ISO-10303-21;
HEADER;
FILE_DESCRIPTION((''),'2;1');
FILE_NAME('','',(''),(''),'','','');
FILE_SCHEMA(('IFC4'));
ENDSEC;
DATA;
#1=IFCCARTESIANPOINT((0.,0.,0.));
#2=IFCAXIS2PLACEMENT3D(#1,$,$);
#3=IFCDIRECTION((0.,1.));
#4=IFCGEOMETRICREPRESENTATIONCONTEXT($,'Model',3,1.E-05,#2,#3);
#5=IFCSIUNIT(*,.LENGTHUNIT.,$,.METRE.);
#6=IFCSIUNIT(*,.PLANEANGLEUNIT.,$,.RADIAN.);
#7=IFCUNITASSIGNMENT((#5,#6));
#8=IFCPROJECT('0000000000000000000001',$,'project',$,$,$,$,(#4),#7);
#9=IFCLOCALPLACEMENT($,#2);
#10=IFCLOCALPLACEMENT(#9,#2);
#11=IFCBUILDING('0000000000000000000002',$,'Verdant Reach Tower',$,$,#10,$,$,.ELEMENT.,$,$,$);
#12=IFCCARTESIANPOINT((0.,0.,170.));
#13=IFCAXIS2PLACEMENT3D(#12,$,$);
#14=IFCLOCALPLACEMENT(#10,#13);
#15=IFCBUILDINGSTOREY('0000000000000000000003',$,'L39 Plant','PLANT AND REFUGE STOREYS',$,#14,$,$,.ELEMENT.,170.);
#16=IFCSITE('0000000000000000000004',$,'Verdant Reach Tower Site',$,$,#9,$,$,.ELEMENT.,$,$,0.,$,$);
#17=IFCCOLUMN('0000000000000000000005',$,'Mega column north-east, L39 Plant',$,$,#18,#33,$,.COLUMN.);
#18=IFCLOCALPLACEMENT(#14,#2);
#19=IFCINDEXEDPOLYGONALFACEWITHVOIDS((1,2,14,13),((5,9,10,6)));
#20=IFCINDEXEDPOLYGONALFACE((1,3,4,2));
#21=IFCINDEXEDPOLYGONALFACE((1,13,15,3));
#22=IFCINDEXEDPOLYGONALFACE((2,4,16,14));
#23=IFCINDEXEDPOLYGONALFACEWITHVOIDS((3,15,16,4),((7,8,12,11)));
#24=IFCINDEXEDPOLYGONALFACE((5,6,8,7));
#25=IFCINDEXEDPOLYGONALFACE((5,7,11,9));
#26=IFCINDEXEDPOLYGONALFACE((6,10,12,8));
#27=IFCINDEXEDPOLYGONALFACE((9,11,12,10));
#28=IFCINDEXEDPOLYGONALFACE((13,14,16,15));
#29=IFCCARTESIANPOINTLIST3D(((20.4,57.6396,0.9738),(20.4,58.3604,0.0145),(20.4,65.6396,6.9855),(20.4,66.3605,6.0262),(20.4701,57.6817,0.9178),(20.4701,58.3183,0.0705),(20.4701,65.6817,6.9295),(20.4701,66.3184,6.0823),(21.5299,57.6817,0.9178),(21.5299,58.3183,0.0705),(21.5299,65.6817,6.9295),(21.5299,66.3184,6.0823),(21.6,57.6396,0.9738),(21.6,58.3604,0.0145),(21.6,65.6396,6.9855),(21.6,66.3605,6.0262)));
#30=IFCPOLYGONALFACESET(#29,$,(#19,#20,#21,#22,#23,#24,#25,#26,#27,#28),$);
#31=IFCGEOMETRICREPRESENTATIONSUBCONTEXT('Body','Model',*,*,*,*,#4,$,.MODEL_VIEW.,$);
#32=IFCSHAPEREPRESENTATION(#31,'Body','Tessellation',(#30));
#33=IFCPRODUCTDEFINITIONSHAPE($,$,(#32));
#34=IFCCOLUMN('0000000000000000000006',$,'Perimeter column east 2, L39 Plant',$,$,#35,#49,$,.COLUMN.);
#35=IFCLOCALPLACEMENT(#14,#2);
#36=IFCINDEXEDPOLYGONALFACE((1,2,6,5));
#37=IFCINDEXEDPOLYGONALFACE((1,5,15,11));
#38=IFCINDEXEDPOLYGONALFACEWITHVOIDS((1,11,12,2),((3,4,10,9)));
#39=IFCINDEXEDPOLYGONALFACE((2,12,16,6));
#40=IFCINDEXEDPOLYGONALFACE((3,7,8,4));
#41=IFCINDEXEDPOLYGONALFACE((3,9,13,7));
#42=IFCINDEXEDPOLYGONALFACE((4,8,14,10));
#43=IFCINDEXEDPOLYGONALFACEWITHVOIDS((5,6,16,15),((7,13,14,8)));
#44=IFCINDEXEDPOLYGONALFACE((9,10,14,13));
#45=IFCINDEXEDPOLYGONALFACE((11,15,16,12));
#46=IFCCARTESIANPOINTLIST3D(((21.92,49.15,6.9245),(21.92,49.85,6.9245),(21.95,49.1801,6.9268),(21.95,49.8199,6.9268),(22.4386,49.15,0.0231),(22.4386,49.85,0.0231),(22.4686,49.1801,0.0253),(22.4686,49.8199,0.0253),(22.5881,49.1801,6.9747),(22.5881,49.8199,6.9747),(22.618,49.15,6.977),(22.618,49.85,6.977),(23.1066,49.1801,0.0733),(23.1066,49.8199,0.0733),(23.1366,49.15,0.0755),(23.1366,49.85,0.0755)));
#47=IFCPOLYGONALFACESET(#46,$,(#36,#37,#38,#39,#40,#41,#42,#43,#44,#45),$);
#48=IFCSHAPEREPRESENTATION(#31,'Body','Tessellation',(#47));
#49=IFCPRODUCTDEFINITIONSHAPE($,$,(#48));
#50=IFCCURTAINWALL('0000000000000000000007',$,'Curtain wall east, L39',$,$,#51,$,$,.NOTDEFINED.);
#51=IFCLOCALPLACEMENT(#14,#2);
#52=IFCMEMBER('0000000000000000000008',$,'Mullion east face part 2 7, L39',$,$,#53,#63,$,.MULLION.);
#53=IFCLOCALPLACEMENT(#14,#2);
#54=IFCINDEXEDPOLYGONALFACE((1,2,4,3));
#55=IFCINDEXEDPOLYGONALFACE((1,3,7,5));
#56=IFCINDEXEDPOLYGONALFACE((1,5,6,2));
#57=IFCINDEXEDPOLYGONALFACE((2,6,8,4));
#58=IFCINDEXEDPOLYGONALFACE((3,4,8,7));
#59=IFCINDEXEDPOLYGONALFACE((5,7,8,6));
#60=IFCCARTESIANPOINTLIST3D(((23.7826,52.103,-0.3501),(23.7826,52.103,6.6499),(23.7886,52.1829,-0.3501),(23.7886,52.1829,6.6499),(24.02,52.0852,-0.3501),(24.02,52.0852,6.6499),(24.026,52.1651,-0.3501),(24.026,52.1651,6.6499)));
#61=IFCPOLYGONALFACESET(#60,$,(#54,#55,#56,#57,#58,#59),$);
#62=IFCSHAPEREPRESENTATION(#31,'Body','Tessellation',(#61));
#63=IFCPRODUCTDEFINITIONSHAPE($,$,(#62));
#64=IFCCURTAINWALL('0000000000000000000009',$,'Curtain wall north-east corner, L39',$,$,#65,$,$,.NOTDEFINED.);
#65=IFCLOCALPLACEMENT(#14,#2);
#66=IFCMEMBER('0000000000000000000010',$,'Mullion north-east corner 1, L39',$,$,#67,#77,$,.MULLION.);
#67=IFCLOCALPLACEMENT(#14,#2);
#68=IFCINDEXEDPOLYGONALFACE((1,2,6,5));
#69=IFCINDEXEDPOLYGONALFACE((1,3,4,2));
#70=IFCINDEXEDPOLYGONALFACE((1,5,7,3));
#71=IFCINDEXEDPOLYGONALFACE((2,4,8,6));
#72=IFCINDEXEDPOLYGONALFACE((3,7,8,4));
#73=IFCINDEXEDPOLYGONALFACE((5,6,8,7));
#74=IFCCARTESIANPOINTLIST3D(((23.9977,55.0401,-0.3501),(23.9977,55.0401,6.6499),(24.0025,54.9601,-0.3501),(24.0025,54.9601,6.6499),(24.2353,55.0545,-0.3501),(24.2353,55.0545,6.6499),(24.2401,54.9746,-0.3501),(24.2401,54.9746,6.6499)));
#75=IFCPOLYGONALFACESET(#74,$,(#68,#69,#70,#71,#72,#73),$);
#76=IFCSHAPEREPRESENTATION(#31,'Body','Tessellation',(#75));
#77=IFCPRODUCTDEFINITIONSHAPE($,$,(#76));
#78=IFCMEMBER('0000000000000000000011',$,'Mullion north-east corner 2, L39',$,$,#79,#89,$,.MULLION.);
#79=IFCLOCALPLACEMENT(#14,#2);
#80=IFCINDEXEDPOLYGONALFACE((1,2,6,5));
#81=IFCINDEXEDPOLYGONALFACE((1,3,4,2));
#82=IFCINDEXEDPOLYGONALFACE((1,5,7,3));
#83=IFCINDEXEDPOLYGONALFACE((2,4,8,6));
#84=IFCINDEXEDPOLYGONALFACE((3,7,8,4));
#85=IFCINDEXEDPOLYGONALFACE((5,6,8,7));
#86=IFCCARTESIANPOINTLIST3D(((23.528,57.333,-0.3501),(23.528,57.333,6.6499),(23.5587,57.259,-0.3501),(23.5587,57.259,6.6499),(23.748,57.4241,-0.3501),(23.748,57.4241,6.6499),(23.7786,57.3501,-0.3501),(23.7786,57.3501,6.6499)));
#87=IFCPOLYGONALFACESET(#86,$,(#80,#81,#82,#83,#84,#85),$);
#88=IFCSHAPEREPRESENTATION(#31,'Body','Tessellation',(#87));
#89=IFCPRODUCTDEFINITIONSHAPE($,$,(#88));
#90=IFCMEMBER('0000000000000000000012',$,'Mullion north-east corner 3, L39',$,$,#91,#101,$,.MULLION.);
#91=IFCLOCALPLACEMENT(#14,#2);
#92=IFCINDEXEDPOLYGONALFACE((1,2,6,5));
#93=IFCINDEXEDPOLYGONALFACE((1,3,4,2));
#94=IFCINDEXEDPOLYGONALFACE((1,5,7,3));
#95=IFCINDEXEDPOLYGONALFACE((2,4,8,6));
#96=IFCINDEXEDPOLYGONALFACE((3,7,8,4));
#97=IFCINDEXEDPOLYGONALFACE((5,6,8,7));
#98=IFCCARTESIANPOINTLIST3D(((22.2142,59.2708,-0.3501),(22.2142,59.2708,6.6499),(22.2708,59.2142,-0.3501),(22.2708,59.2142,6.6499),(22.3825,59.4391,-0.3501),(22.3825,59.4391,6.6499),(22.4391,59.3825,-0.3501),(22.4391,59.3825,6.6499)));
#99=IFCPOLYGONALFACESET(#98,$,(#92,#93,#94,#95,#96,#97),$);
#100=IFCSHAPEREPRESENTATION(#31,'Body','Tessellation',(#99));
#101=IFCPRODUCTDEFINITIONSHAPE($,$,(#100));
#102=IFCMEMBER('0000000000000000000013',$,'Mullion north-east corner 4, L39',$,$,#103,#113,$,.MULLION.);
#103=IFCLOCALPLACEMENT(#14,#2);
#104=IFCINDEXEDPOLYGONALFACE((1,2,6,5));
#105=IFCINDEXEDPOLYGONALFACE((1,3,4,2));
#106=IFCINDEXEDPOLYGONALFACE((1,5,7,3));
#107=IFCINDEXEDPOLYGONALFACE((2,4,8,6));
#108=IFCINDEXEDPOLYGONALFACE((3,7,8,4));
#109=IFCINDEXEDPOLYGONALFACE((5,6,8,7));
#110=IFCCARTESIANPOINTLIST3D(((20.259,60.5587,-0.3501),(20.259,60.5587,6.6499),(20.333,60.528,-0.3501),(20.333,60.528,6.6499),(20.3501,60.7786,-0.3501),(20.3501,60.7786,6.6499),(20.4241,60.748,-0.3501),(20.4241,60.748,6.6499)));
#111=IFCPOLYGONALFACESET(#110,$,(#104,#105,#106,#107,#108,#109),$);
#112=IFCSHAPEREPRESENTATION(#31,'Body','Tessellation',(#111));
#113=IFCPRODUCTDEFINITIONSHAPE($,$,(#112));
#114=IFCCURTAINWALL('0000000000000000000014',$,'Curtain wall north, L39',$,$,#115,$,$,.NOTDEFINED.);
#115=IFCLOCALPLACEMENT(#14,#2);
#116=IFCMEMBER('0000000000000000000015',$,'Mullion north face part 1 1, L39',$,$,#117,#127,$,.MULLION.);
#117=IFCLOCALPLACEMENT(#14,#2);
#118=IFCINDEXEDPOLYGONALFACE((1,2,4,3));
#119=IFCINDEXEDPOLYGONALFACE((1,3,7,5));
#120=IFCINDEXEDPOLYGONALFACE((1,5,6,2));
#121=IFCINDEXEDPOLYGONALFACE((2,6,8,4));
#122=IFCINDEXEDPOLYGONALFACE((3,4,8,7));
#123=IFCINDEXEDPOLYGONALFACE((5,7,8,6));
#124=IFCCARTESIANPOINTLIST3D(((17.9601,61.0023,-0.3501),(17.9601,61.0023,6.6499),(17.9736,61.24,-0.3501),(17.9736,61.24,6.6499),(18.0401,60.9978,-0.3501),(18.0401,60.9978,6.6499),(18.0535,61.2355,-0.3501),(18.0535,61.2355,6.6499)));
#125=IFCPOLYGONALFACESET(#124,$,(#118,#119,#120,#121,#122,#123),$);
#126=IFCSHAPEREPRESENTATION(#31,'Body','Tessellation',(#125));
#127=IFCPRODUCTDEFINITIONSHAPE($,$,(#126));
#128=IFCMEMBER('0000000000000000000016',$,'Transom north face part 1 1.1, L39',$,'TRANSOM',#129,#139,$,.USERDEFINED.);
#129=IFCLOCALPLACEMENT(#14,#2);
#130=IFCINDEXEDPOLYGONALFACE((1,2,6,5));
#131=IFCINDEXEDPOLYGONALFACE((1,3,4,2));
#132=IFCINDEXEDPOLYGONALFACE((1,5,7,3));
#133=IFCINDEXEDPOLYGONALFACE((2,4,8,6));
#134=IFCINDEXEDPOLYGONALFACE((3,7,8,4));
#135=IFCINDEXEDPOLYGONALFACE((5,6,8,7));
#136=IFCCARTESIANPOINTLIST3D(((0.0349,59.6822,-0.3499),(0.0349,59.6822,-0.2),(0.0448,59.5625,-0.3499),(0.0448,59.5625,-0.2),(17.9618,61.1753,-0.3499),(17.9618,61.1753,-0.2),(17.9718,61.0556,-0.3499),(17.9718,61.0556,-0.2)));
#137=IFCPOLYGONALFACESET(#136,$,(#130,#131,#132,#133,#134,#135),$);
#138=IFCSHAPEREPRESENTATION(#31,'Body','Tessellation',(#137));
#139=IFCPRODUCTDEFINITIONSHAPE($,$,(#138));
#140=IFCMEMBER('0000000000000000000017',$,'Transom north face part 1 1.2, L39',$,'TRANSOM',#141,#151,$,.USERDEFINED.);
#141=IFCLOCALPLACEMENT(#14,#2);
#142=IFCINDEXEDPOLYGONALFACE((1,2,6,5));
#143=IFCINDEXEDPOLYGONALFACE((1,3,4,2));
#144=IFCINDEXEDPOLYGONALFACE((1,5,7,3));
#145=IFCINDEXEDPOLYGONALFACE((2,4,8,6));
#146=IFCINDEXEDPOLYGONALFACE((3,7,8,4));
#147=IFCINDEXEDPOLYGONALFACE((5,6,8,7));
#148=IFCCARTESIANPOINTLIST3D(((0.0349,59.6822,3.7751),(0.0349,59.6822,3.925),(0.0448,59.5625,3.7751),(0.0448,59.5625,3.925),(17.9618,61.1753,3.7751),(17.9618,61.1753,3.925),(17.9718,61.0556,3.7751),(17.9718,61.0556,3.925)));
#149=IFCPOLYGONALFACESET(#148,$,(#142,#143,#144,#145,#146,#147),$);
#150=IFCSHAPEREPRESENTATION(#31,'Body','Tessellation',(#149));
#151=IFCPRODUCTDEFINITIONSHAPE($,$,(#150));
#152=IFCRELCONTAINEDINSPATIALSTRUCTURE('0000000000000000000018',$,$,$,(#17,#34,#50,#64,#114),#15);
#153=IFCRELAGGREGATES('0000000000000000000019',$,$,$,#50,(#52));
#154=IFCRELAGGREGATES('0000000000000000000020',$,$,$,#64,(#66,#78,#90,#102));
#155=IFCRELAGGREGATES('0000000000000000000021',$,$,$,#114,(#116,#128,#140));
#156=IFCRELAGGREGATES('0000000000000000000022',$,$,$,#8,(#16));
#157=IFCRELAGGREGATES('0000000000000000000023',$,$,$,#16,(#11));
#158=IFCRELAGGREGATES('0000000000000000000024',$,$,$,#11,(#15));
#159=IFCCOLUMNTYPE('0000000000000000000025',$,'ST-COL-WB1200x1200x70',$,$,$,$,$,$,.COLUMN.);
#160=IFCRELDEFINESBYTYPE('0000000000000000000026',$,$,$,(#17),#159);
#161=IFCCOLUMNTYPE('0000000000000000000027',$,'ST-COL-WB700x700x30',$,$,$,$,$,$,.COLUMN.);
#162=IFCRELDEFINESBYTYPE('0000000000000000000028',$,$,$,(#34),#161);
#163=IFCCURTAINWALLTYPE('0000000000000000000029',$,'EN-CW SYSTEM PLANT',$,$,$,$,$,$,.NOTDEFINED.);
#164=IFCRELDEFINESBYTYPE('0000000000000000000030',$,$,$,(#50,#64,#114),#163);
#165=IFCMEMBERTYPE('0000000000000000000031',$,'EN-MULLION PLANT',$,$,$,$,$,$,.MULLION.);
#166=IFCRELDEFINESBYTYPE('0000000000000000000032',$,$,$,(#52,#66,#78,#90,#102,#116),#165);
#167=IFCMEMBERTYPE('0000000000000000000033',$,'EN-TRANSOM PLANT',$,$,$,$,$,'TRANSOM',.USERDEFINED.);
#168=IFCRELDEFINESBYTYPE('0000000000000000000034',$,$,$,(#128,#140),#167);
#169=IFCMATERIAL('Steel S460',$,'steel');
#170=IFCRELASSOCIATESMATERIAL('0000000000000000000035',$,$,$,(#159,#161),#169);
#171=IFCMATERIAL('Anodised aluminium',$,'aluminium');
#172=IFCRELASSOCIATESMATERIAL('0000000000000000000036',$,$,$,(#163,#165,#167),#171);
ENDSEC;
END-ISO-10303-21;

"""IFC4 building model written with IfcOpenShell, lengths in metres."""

from ifc_helpers import new_model, si_unit, direction, frame, origin, origin_2d, place, context, subcontext, project, spatial, rectangle, hollow_rectangle, extrude, material, material_profile, profile_set, type_object, element, aggregate, save


model = new_model("IFC4")

# Units and contexts
model_context = context("Model", 3, precision=1e-05, world=origin(), true_north=direction((0.0, 1.0)))
body_context = subcontext(model_context, "Body", "Model", "MODEL_VIEW")
ifc_project = project(units=[si_unit("LENGTHUNIT", "METRE"), si_unit("PLANEANGLEUNIT", "RADIAN")], contexts=[model_context])

# Site, building, storey
site_placement = place(None, origin())
site = spatial("IfcSite", under=ifc_project, at=site_placement, Name="Verdant Reach Tower Site", CompositionType="ELEMENT", RefElevation=0.0)
building_placement = place(site_placement, origin())
building = spatial("IfcBuilding", under=site, at=building_placement, Name="Verdant Reach Tower", CompositionType="ELEMENT")
storey_placement = place(building_placement, frame((0.0, 0.0, 170.0)))
storey = spatial("IfcBuildingStorey", under=building, at=storey_placement, Name="L39 Plant", Description="PLANT AND REFUGE STOREYS", CompositionType="ELEMENT", Elevation=170.0)

# Columns
ifc_material_1 = material(Name="Steel S460", Category="steel")
ifc_material_profile_1 = material_profile(ifc_material_1, hollow_rectangle(XDim=1.2, YDim=1.2, WallThickness=0.0701, at=origin_2d()), Name="WB 1200x1200x70")
ifc_profile_set_1 = profile_set([ifc_material_profile_1], Name="Steel S460")
column_type_1 = type_object("IfcColumnType", Name="ST-COL-WB1200x1200x70", PredefinedType="COLUMN", material=ifc_profile_set_1)
column_1_placement = place(storey_placement, frame((21.0, 58.0, 0.4941), z_axis=(0.0, 0.799438, 0.600749), x_axis=(-1.0, 0.0, 0.0)))
element("IfcColumn", 1, at=column_1_placement, inside=storey, type_object=column_type_1, Name="Mega column north-east, L39 Plant", PredefinedType="COLUMN", context=body_context, shape_type="SweptSolid", body=[
    extrude(hollow_rectangle(XDim=1.2, YDim=1.2, WallThickness=0.0701, at=origin_2d()), origin(), (0.0, 0.0, 1.0), 10.0071),
])
ifc_material_profile_2 = material_profile(ifc_material_1, hollow_rectangle(XDim=0.7, YDim=0.7, WallThickness=0.03, at=origin_2d()), Name="WB 700x700x30")
ifc_profile_set_2 = profile_set([ifc_material_profile_2], Name="Steel S460")
column_type_2 = type_object("IfcColumnType", Name="ST-COL-WB700x700x30", PredefinedType="COLUMN", material=ifc_profile_set_2)
column_2_placement = place(storey_placement, frame((22.7876, 49.5, 0.0493), z_axis=(-0.074927, 0.0, 0.997189), x_axis=(0.0, -1.0, 0.0)))
element("IfcColumn", 2, at=column_2_placement, inside=storey, type_object=column_type_2, Name="Perimeter column east 2, L39 Plant", PredefinedType="COLUMN", context=body_context, shape_type="SweptSolid", body=[
    extrude(hollow_rectangle(XDim=0.7, YDim=0.7, WallThickness=0.03, at=origin_2d()), origin(), (0.0, 0.0, 1.0), 6.9209),
])

# Curtain wall, member
ifc_material_2 = material(Name="Anodised aluminium", Category="aluminium")
curtain_wall_type = type_object("IfcCurtainWallType", Name="EN-CW SYSTEM PLANT", PredefinedType="NOTDEFINED", material=ifc_material_2)
curtain_wall_1_placement = place(storey_placement, origin())
curtain_wall_1 = element("IfcCurtainWall", 3, at=curtain_wall_1_placement, inside=storey, type_object=curtain_wall_type, Name="Curtain wall east, L39", PredefinedType="NOTDEFINED")
ifc_material_profile_3 = material_profile(ifc_material_2, rectangle(XDim=0.238, YDim=0.0801, at=origin_2d()), Name="Mullion 80x240")
ifc_profile_set_3 = profile_set([ifc_material_profile_3], Name="Anodised aluminium")
member_type_1 = type_object("IfcMemberType", Name="EN-MULLION PLANT", PredefinedType="MULLION", material=ifc_profile_set_3)
member_1_placement = place(storey_placement, frame((23.9043, 52.134, -0.3501), z_axis=(0.0, 0.0, 1.0), x_axis=(0.997199, -0.07479, 0.0)))
member_1 = element("IfcMember", 4, at=member_1_placement, type_object=member_type_1, Name="Mullion east face part 2 7, L39", PredefinedType="MULLION", context=body_context, shape_type="SweptSolid", body=[
    extrude(rectangle(XDim=0.238, YDim=0.0801, at=origin_2d()), origin(), (0.0, 0.0, 1.0), 7.0),
])

# Curtain walls, members
curtain_wall_2_placement = place(storey_placement, origin())
curtain_wall_2 = element("IfcCurtainWall", 5, at=curtain_wall_2_placement, inside=storey, type_object=curtain_wall_type, Name="Curtain wall north-east corner, L39", PredefinedType="NOTDEFINED")
member_2_placement = place(storey_placement, frame((24.1189, 55.0073, -0.3501), z_axis=(0.0, 0.0, 1.0), x_axis=(0.998156, 0.060703, 0.0)))
member_2 = element("IfcMember", 6, at=member_2_placement, type_object=member_type_1, Name="Mullion north-east corner 1, L39", PredefinedType="MULLION", context=body_context, shape_type="SweptSolid", body=[
    extrude(rectangle(XDim=0.238, YDim=0.0801, at=origin_2d()), origin(), (0.0, 0.0, 1.0), 7.0),
])
member_3_placement = place(storey_placement, frame((23.6533, 57.3416, -0.3501), z_axis=(0.0, 0.0, 1.0), x_axis=(0.923875, 0.382694, 0.0)))
member_3 = element("IfcMember", 7, at=member_3_placement, type_object=member_type_1, Name="Mullion north-east corner 2, L39", PredefinedType="MULLION", context=body_context, shape_type="SweptSolid", body=[
    extrude(rectangle(XDim=0.238, YDim=0.0801, at=origin_2d()), origin(), (0.0, 0.0, 1.0), 7.0),
])
member_4_placement = place(storey_placement, frame((22.3267, 59.3267, -0.3501), z_axis=(0.0, 0.0, 1.0), x_axis=(0.707107, 0.707107, 0.0)))
member_4 = element("IfcMember", 8, at=member_4_placement, type_object=member_type_1, Name="Mullion north-east corner 3, L39", PredefinedType="MULLION", context=body_context, shape_type="SweptSolid", body=[
    extrude(rectangle(XDim=0.238, YDim=0.0801, at=origin_2d()), origin(), (0.0, 0.0, 1.0), 7.0),
])
member_5_placement = place(storey_placement, frame((20.3416, 60.6533, -0.3501), z_axis=(0.0, 0.0, 1.0), x_axis=(0.382694, 0.923875, 0.0)))
member_5 = element("IfcMember", 9, at=member_5_placement, type_object=member_type_1, Name="Mullion north-east corner 4, L39", PredefinedType="MULLION", context=body_context, shape_type="SweptSolid", body=[
    extrude(rectangle(XDim=0.238, YDim=0.0801, at=origin_2d()), origin(), (0.0, 0.0, 1.0), 7.0),
])
curtain_wall_3_placement = place(storey_placement, origin())
curtain_wall_3 = element("IfcCurtainWall", 10, at=curtain_wall_3_placement, inside=storey, type_object=curtain_wall_type, Name="Curtain wall north, L39", PredefinedType="NOTDEFINED")
member_6_placement = place(storey_placement, frame((18.0068, 61.1189, -0.3501), z_axis=(0.0, 0.0, 1.0), x_axis=(0.056569, 0.998399, 0.0)))
member_6 = element("IfcMember", 11, at=member_6_placement, type_object=member_type_1, Name="Mullion north face part 1 1, L39", PredefinedType="MULLION", context=body_context, shape_type="SweptSolid", body=[
    extrude(rectangle(XDim=0.238, YDim=0.0801, at=origin_2d()), origin(), (0.0, 0.0, 1.0), 7.0),
])
ifc_material_profile_4 = material_profile(ifc_material_2, rectangle(XDim=0.1201, YDim=0.1499, at=origin_2d()), Name="Transom 150x120")
ifc_profile_set_4 = profile_set([ifc_material_profile_4], Name="Anodised aluminium")
member_type_2 = type_object("IfcMemberType", Name="EN-TRANSOM PLANT", ElementType="TRANSOM", PredefinedType="USERDEFINED", material=ifc_profile_set_4)
member_7_placement = place(storey_placement, frame((17.9668, 61.1155, -0.2749), z_axis=(-0.996549, -0.083004, 0.0), x_axis=(0.083004, -0.996549, 0.0)))
member_7 = element("IfcMember", 12, at=member_7_placement, type_object=member_type_2, Name="Transom north face part 1 1.1, L39", ObjectType="TRANSOM", PredefinedType="USERDEFINED", context=body_context, shape_type="SweptSolid", body=[
    extrude(rectangle(XDim=0.1201, YDim=0.1499, at=origin_2d()), origin(), (0.0, 0.0, 1.0), 17.989),
])
member_8_placement = place(storey_placement, frame((17.9668, 61.1155, 3.8501), z_axis=(-0.996549, -0.083004, 0.0), x_axis=(0.083004, -0.996549, 0.0)))
member_8 = element("IfcMember", 13, at=member_8_placement, type_object=member_type_2, Name="Transom north face part 1 1.2, L39", ObjectType="TRANSOM", PredefinedType="USERDEFINED", context=body_context, shape_type="SweptSolid", body=[
    extrude(rectangle(XDim=0.1201, YDim=0.1499, at=origin_2d()), origin(), (0.0, 0.0, 1.0), 17.989),
])

aggregate(curtain_wall_1, [member_1])
aggregate(curtain_wall_2, [member_2, member_3, member_4, member_5])
aggregate(curtain_wall_3, [member_6, member_7, member_8])

save(model, "model.ifc")
